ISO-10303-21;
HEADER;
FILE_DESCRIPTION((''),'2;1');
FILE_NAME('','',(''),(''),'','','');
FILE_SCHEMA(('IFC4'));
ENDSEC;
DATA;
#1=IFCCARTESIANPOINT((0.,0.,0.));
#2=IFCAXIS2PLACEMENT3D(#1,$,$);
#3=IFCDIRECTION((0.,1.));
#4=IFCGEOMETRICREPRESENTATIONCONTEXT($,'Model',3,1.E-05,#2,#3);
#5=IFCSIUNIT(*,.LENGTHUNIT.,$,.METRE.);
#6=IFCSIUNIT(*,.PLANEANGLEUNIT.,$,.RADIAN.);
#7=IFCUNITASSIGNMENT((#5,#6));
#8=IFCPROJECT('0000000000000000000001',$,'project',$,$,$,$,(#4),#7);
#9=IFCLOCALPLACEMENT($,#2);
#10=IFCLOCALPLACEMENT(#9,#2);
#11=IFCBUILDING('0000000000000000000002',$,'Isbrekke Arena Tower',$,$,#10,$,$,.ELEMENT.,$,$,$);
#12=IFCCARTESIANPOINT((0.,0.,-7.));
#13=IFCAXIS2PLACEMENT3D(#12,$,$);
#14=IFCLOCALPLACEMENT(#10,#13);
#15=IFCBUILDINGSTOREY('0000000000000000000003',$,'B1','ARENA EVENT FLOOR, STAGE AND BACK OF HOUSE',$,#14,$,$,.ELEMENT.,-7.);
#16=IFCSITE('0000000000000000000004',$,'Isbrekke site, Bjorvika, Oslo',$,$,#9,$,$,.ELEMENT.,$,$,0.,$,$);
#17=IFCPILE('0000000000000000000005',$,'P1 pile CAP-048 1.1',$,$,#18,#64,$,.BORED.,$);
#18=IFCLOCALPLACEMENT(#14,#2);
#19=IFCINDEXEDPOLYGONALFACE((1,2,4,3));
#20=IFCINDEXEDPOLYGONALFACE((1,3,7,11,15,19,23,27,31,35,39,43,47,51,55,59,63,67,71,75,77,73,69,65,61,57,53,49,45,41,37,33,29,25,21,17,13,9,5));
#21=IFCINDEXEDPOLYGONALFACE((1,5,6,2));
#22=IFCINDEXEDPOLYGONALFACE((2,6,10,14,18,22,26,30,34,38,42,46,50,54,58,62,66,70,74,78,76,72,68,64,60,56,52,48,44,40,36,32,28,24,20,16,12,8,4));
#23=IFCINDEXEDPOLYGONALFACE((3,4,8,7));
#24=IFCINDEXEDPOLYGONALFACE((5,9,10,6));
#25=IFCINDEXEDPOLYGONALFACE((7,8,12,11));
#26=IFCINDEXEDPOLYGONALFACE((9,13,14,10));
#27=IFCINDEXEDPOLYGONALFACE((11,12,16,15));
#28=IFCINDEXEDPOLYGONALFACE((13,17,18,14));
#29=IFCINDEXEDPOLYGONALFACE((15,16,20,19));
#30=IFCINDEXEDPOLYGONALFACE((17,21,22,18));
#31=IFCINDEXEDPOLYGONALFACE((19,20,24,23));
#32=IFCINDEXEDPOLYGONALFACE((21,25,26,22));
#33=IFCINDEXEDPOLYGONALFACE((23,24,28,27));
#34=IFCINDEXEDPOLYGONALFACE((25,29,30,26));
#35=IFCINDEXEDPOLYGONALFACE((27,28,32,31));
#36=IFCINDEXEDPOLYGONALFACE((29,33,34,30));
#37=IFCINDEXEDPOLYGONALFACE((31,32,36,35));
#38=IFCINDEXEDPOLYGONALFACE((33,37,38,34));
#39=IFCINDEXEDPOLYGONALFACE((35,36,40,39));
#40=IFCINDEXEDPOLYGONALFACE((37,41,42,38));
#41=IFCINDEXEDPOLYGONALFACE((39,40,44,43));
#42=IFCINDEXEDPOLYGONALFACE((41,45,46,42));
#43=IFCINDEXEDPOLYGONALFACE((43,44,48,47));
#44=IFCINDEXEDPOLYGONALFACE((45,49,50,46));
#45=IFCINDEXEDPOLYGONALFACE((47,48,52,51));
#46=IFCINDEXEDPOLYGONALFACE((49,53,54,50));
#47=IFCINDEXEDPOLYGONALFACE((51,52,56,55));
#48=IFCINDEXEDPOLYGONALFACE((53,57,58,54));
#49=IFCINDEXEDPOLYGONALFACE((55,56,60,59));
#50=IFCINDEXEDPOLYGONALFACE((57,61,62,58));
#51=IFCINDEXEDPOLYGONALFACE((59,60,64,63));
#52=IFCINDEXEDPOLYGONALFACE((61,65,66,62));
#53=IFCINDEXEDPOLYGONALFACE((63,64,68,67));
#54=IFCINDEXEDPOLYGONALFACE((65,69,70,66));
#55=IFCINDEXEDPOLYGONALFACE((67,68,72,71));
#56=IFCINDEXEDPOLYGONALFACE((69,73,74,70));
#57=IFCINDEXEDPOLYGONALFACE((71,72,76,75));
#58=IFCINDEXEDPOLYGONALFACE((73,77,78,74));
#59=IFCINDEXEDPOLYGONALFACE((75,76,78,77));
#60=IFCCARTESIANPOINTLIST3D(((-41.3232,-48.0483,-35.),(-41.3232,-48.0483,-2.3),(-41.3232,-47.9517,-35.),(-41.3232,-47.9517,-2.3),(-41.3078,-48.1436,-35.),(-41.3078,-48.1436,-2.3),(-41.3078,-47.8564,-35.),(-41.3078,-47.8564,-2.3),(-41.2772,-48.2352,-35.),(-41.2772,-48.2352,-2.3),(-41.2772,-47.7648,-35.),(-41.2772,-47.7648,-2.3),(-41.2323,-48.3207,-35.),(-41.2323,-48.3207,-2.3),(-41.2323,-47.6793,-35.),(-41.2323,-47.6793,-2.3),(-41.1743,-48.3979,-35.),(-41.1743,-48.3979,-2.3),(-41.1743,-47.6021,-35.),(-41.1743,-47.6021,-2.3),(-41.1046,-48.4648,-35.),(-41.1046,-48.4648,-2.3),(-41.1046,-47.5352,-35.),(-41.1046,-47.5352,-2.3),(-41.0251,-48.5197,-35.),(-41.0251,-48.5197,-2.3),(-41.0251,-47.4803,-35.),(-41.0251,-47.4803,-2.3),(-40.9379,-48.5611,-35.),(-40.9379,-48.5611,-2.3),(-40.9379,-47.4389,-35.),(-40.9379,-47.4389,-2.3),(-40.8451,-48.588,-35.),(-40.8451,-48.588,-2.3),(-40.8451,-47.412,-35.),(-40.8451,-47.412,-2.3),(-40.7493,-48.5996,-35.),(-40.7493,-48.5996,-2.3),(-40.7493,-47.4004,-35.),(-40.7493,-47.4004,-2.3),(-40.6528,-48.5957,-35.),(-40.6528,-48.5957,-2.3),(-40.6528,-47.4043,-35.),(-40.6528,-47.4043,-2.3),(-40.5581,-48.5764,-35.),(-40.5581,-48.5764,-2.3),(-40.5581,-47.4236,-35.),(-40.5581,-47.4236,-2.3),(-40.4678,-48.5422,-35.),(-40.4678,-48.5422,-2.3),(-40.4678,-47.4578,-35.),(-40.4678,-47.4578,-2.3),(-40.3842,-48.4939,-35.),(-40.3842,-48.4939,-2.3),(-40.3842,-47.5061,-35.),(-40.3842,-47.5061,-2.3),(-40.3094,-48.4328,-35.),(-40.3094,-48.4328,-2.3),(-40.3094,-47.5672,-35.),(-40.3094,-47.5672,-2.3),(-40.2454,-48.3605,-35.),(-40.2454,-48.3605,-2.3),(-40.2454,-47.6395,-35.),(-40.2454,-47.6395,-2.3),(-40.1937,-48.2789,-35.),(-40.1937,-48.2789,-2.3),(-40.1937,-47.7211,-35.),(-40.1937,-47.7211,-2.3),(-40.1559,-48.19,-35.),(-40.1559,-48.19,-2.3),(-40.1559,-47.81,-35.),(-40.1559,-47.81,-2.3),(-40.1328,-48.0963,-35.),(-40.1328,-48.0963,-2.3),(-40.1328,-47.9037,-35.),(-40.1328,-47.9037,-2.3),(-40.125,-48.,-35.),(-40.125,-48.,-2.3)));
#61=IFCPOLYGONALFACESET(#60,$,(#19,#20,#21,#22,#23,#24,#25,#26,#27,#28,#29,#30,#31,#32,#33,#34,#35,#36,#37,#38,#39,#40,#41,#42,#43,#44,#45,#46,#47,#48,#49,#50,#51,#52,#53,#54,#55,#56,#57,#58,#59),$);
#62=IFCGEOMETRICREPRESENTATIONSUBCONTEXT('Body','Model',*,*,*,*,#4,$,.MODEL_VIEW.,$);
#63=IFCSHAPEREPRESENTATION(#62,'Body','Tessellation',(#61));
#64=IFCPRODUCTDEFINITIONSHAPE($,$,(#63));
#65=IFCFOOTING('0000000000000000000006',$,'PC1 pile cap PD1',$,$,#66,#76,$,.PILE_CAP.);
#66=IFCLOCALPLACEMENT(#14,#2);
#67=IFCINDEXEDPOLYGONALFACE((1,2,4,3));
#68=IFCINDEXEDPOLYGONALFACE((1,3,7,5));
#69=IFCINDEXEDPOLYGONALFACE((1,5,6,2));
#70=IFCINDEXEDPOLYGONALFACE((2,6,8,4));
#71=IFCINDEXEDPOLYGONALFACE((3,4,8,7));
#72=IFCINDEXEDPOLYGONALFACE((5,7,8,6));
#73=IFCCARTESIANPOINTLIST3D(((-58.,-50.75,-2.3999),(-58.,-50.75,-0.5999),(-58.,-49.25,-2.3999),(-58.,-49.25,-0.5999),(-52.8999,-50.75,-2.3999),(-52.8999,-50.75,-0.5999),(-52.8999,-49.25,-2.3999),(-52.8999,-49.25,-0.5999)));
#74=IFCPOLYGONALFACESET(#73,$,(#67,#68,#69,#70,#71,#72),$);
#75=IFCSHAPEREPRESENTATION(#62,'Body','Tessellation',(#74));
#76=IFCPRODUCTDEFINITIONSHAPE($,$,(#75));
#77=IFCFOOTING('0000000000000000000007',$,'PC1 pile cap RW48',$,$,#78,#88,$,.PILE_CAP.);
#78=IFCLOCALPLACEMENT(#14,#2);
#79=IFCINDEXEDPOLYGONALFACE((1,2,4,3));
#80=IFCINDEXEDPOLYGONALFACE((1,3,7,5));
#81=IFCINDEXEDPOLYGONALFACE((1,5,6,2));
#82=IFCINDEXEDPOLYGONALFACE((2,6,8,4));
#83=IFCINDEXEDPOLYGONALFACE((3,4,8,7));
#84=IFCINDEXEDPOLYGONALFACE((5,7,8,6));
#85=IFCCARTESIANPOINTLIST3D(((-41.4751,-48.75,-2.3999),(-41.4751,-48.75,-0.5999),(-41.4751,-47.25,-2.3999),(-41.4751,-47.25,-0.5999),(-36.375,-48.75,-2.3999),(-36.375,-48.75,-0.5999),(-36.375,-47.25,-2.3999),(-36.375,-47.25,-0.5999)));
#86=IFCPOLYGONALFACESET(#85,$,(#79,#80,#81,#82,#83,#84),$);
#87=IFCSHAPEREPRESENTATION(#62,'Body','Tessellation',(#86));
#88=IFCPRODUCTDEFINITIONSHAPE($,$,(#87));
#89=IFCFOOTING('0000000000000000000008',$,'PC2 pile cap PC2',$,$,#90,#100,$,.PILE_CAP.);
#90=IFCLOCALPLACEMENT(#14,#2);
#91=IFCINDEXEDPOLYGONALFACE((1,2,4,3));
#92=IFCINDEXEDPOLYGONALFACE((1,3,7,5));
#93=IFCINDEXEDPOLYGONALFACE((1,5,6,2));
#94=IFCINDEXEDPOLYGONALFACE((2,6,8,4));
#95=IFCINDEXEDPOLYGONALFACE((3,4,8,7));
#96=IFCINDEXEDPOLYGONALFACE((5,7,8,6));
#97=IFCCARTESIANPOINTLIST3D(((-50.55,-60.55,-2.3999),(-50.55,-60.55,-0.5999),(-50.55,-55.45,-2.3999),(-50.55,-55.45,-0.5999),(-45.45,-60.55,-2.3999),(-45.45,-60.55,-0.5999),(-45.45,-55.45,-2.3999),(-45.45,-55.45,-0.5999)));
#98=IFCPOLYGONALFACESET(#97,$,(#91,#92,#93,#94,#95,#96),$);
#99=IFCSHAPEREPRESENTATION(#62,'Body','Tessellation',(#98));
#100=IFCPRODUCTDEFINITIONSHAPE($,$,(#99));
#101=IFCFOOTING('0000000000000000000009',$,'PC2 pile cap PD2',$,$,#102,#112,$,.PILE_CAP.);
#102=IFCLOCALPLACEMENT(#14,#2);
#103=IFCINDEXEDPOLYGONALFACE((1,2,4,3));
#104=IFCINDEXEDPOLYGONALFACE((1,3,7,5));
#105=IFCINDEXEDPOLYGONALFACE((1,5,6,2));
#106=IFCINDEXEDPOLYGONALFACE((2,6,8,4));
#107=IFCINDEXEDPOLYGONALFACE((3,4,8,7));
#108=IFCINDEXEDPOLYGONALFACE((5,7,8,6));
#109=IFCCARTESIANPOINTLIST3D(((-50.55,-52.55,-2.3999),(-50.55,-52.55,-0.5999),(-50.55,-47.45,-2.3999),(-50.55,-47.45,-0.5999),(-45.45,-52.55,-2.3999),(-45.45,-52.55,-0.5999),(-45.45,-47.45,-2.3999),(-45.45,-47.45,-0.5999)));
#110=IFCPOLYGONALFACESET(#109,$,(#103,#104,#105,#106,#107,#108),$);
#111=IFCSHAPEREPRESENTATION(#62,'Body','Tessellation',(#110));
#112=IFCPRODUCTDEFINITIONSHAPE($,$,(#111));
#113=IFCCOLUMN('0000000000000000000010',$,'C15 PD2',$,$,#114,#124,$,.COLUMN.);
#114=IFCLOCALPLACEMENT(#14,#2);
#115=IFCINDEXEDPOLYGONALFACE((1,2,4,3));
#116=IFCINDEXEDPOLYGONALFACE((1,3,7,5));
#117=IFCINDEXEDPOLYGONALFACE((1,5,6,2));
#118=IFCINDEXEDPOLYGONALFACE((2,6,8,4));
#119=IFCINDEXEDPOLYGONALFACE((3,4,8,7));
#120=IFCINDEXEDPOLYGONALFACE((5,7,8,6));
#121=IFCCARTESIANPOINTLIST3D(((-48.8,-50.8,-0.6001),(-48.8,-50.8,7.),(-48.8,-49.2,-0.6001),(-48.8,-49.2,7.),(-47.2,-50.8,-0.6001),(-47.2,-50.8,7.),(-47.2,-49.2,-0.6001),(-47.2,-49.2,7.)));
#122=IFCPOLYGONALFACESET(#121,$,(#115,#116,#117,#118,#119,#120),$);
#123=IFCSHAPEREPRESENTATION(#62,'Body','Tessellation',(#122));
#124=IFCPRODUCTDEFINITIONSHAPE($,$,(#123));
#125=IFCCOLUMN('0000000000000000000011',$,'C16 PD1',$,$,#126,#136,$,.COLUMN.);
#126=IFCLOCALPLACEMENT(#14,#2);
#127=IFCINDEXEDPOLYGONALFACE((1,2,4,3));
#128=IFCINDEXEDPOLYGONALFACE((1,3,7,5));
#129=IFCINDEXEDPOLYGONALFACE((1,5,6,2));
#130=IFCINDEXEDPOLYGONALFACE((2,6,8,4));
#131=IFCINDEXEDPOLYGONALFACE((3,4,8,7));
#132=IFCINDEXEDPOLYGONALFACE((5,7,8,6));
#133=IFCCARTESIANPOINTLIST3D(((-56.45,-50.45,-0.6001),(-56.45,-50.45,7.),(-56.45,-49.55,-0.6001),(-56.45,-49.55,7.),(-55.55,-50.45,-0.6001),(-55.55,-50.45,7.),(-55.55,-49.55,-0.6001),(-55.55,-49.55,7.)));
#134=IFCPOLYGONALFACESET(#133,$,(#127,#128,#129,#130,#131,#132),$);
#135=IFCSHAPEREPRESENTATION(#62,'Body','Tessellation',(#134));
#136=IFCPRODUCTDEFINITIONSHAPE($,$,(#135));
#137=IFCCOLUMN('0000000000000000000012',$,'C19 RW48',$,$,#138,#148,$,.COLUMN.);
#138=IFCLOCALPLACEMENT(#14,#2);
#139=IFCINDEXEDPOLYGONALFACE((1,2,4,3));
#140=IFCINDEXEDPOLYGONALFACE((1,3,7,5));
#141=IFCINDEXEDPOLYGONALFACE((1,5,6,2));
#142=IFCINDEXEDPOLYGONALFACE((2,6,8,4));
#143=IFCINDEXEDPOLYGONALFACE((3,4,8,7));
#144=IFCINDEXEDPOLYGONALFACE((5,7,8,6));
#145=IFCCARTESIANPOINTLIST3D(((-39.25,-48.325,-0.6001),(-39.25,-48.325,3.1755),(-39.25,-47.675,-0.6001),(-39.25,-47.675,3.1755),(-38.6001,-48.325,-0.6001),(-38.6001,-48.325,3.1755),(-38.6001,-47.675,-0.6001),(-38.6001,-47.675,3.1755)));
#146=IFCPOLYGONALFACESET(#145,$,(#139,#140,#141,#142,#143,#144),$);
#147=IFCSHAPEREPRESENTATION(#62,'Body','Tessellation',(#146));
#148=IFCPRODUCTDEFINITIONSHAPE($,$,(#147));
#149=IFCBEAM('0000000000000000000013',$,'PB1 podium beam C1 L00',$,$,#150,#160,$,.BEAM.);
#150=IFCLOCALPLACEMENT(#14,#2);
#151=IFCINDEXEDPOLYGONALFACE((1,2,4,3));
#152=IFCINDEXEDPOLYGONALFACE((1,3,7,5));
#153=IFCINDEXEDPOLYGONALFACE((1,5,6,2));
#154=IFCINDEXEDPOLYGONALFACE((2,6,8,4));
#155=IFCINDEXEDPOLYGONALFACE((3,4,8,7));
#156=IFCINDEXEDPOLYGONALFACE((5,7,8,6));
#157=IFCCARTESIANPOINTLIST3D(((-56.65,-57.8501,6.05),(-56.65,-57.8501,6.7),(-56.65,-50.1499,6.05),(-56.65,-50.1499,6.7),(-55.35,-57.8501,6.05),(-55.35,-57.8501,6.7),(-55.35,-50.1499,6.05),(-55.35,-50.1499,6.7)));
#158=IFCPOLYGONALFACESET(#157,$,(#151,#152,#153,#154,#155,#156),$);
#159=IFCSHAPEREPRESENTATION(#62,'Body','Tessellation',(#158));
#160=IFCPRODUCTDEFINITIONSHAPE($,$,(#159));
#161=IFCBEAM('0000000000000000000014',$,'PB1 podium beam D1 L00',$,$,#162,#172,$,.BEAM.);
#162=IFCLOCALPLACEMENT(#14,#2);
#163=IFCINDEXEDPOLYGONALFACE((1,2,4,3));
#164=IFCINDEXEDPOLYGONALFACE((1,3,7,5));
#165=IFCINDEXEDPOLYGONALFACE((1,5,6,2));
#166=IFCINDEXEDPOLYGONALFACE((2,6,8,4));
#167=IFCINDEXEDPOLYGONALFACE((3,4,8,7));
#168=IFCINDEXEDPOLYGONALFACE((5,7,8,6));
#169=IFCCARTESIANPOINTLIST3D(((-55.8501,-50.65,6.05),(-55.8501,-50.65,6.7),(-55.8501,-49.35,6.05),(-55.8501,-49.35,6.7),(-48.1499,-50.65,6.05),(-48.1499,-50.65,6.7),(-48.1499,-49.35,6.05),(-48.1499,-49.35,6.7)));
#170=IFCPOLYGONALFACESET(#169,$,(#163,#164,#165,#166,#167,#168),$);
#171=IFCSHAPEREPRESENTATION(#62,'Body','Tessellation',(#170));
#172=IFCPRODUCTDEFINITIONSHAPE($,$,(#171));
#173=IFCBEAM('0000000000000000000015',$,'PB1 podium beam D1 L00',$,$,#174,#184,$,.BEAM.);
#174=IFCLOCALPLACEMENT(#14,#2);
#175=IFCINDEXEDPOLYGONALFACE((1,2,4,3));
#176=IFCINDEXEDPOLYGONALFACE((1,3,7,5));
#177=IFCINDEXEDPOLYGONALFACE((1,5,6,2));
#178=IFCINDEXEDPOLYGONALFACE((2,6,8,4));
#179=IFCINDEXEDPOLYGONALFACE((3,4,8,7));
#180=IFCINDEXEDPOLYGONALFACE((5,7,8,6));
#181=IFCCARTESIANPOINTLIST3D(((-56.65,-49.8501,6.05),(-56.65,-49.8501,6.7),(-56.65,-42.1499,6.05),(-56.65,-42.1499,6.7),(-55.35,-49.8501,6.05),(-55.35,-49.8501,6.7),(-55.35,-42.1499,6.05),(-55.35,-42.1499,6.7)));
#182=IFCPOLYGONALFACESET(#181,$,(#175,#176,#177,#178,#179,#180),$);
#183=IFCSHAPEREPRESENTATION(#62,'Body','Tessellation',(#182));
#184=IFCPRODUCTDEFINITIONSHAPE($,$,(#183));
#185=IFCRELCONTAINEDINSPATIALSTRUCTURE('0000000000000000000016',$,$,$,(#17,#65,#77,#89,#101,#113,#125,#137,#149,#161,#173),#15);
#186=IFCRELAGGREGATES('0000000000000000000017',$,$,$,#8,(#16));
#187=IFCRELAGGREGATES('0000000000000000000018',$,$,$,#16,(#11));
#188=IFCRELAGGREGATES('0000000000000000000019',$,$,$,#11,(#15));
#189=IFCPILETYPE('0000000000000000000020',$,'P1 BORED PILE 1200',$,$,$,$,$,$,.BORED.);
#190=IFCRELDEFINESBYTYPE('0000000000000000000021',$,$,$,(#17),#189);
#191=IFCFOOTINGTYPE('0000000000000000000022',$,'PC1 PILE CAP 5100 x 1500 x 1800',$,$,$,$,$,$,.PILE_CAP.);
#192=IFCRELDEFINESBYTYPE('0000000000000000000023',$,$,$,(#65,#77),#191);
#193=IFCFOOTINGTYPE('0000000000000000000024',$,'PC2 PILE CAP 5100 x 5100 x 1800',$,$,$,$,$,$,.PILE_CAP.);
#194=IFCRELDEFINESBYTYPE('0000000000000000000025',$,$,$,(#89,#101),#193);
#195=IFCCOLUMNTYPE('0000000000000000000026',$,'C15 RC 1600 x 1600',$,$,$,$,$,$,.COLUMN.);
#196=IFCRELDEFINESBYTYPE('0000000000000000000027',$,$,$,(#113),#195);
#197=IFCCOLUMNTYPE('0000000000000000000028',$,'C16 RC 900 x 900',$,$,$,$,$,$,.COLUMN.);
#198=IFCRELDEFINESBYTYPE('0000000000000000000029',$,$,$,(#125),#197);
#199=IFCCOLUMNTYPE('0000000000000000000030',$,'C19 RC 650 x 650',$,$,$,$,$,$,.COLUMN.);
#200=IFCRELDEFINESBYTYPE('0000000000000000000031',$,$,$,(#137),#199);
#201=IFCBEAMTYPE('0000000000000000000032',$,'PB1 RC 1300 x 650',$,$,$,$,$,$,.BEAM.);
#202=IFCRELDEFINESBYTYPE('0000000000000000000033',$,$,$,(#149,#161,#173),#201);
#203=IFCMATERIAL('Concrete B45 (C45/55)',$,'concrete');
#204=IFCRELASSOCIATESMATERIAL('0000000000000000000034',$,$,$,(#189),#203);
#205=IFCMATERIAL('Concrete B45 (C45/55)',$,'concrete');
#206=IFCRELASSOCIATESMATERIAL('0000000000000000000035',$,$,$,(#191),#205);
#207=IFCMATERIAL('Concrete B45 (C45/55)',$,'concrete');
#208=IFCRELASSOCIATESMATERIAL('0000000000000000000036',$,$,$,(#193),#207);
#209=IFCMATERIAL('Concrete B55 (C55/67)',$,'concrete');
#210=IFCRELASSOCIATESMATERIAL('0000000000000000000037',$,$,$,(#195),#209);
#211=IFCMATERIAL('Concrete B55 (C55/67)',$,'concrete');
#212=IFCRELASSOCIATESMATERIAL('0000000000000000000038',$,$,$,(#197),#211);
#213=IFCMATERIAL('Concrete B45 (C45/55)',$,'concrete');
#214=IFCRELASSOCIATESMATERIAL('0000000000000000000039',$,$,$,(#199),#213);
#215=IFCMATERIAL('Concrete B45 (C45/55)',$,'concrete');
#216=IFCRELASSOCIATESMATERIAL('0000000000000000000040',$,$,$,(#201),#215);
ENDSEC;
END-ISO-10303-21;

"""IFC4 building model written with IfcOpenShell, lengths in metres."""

from ifc_helpers import new_model, si_unit, direction, frame, origin, origin_2d, place, context, subcontext, project, spatial, rectangle, circle, extrude, material, material_profile, profile_set, type_object, element, save


model = new_model("IFC4")

# Units and contexts
model_context = context("Model", 3, precision=1e-05, world=origin(), true_north=direction((0.0, 1.0)))
body_context = subcontext(model_context, "Body", "Model", "MODEL_VIEW")
ifc_project = project(units=[si_unit("LENGTHUNIT", "METRE"), si_unit("PLANEANGLEUNIT", "RADIAN")], contexts=[model_context])

# Site, building, storey
site_placement = place(None, origin())
site = spatial("IfcSite", under=ifc_project, at=site_placement, Name="Isbrekke site, Bjorvika, Oslo", CompositionType="ELEMENT", RefElevation=0.0)
building_placement = place(site_placement, origin())
building = spatial("IfcBuilding", under=site, at=building_placement, Name="Isbrekke Arena Tower", CompositionType="ELEMENT")
storey_placement = place(building_placement, frame((0.0, 0.0, -7.0)))
storey = spatial("IfcBuildingStorey", under=building, at=storey_placement, Name="B1", Description="ARENA EVENT FLOOR, STAGE AND BACK OF HOUSE", CompositionType="ELEMENT", Elevation=-7.0)

# Pile
ifc_material_1 = material(Name="Concrete B45 (C45/55)", Category="concrete")
ifc_material_profile_1 = material_profile(ifc_material_1, circle(Radius=0.6001, at=origin_2d()), Name="BORED PILE D1200")
ifc_profile_set_1 = profile_set([ifc_material_profile_1], Name="Concrete B45 (C45/55)")
pile_type = type_object("IfcPileType", Name="P1 BORED PILE 1200", PredefinedType="BORED", material=ifc_profile_set_1)
for number, where, z_axis, x_axis, name in (
    (1, (-40.7251, -48.0, -2.3), (0.0, 0.0, -1.0), (1.0, 0.0, 0.0), "P1 pile CAP-048 1.1"),
):
    element("IfcPile", number, at=place(storey_placement, frame(where, z_axis=z_axis, x_axis=x_axis)), inside=storey, type_object=pile_type, Name=name, PredefinedType="BORED", context=body_context, shape_type="SweptSolid", body=[
        extrude(circle(Radius=0.6001, at=origin_2d()), origin(), (0.0, 0.0, 1.0), 32.7),
    ])

# Footings
ifc_material_2 = material(Name="Concrete B45 (C45/55)", Category="concrete")
footing_type_1 = type_object("IfcFootingType", Name="PC1 PILE CAP 5100 x 1500 x 1800", PredefinedType="PILE_CAP", material=ifc_material_2)
for number, where, z_axis, x_axis, name in (
    (2, (-55.45, -50.0, -2.3999), (0.0, 0.0, 1.0), (1.0, 0.0, 0.0), "PC1 pile cap PD1"),
    (3, (-38.925, -48.0, -2.3999), (0.0, 0.0, 1.0), (1.0, 0.0, 0.0), "PC1 pile cap RW48"),
):
    element("IfcFooting", number, at=place(storey_placement, frame(where, z_axis=z_axis, x_axis=x_axis)), inside=storey, type_object=footing_type_1, Name=name, PredefinedType="PILE_CAP", context=body_context, shape_type="SweptSolid", body=[
        extrude(rectangle(XDim=5.1001, YDim=1.5, at=origin_2d()), origin(), (0.0, 0.0, 1.0), 1.8),
    ])
ifc_material_3 = material(Name="Concrete B45 (C45/55)", Category="concrete")
footing_type_2 = type_object("IfcFootingType", Name="PC2 PILE CAP 5100 x 5100 x 1800", PredefinedType="PILE_CAP", material=ifc_material_3)
for number, where, z_axis, x_axis, name in (
    (4, (-48.0, -58.0, -2.3999), (0.0, 0.0, 1.0), (1.0, 0.0, 0.0), "PC2 pile cap PC2"),
    (5, (-48.0, -50.0, -2.3999), (0.0, 0.0, 1.0), (1.0, 0.0, 0.0), "PC2 pile cap PD2"),
):
    element("IfcFooting", number, at=place(storey_placement, frame(where, z_axis=z_axis, x_axis=x_axis)), inside=storey, type_object=footing_type_2, Name=name, PredefinedType="PILE_CAP", context=body_context, shape_type="SweptSolid", body=[
        extrude(rectangle(XDim=5.1001, YDim=5.1001, at=origin_2d()), origin(), (0.0, 0.0, 1.0), 1.8),
    ])

# Columns
ifc_material_4 = material(Name="Concrete B55 (C55/67)", Category="concrete")
ifc_material_profile_2 = material_profile(ifc_material_4, rectangle(XDim=1.6001, YDim=1.6001, at=origin_2d()), Name="RC 1600x1600")
ifc_profile_set_2 = profile_set([ifc_material_profile_2], Name="Concrete B55 (C55/67)")
column_type_1 = type_object("IfcColumnType", Name="C15 RC 1600 x 1600", PredefinedType="COLUMN", material=ifc_profile_set_2)
column_1_placement = place(storey_placement, frame((-48.0, -50.0, -0.6001), z_axis=(0.0, 0.0, 1.0), x_axis=(1.0, 0.0, 0.0)))
element("IfcColumn", 6, at=column_1_placement, inside=storey, type_object=column_type_1, Name="C15 PD2", PredefinedType="COLUMN", context=body_context, shape_type="SweptSolid", body=[
    extrude(rectangle(XDim=1.6001, YDim=1.6001, at=origin_2d()), origin(), (0.0, 0.0, 1.0), 7.6001),
])
ifc_material_5 = material(Name="Concrete B55 (C55/67)", Category="concrete")
ifc_material_profile_3 = material_profile(ifc_material_5, rectangle(XDim=0.8999, YDim=0.8999, at=origin_2d()), Name="RC 900x900")
ifc_profile_set_3 = profile_set([ifc_material_profile_3], Name="Concrete B55 (C55/67)")
column_type_2 = type_object("IfcColumnType", Name="C16 RC 900 x 900", PredefinedType="COLUMN", material=ifc_profile_set_3)
column_2_placement = place(storey_placement, frame((-56.0, -50.0, -0.6001), z_axis=(0.0, 0.0, 1.0), x_axis=(1.0, 0.0, 0.0)))
element("IfcColumn", 7, at=column_2_placement, inside=storey, type_object=column_type_2, Name="C16 PD1", PredefinedType="COLUMN", context=body_context, shape_type="SweptSolid", body=[
    extrude(rectangle(XDim=0.8999, YDim=0.8999, at=origin_2d()), origin(), (0.0, 0.0, 1.0), 7.6001),
])
ifc_material_6 = material(Name="Concrete B45 (C45/55)", Category="concrete")
ifc_material_profile_4 = material_profile(ifc_material_6, rectangle(XDim=0.6499, YDim=0.6499, at=origin_2d()), Name="RC 650x650")
ifc_profile_set_4 = profile_set([ifc_material_profile_4], Name="Concrete B45 (C45/55)")
column_type_3 = type_object("IfcColumnType", Name="C19 RC 650 x 650", PredefinedType="COLUMN", material=ifc_profile_set_4)
column_3_placement = place(storey_placement, frame((-38.925, -48.0, -0.6001), z_axis=(0.0, 0.0, 1.0), x_axis=(1.0, 0.0, 0.0)))
element("IfcColumn", 8, at=column_3_placement, inside=storey, type_object=column_type_3, Name="C19 RW48", PredefinedType="COLUMN", context=body_context, shape_type="SweptSolid", body=[
    extrude(rectangle(XDim=0.6499, YDim=0.6499, at=origin_2d()), origin(), (0.0, 0.0, 1.0), 3.7756),
])

# Beams
ifc_material_7 = material(Name="Concrete B45 (C45/55)", Category="concrete")
ifc_material_profile_5 = material_profile(ifc_material_7, rectangle(XDim=1.3, YDim=0.6499, at=origin_2d()), Name="RC 1300x650")
ifc_profile_set_5 = profile_set([ifc_material_profile_5], Name="Concrete B45 (C45/55)")
beam_type_1 = type_object("IfcBeamType", Name="PB1 RC 1300 x 650", PredefinedType="BEAM", material=ifc_profile_set_5)
for number, where, z_axis, x_axis, name in (
    (9, (-56.0, -57.8501, 6.375), (0.0, 1.0, 0.0), (-1.0, 0.0, 0.0), "PB1 podium beam C1 L00"),
    (10, (-55.8501, -50.0, 6.375), (1.0, 0.0, 0.0), (0.0, 1.0, 0.0), "PB1 podium beam D1 L00"),
    (11, (-56.0, -49.8501, 6.375), (0.0, 1.0, 0.0), (-1.0, 0.0, 0.0), "PB1 podium beam D1 L00"),
):
    element("IfcBeam", number, at=place(storey_placement, frame(where, z_axis=z_axis, x_axis=x_axis)), inside=storey, type_object=beam_type_1, Name=name, PredefinedType="BEAM", context=body_context, shape_type="SweptSolid", body=[
        extrude(rectangle(XDim=1.3, YDim=0.6499, at=origin_2d()), origin(), (0.0, 0.0, 1.0), 7.7002),
    ])

save(model, "model.ifc")
